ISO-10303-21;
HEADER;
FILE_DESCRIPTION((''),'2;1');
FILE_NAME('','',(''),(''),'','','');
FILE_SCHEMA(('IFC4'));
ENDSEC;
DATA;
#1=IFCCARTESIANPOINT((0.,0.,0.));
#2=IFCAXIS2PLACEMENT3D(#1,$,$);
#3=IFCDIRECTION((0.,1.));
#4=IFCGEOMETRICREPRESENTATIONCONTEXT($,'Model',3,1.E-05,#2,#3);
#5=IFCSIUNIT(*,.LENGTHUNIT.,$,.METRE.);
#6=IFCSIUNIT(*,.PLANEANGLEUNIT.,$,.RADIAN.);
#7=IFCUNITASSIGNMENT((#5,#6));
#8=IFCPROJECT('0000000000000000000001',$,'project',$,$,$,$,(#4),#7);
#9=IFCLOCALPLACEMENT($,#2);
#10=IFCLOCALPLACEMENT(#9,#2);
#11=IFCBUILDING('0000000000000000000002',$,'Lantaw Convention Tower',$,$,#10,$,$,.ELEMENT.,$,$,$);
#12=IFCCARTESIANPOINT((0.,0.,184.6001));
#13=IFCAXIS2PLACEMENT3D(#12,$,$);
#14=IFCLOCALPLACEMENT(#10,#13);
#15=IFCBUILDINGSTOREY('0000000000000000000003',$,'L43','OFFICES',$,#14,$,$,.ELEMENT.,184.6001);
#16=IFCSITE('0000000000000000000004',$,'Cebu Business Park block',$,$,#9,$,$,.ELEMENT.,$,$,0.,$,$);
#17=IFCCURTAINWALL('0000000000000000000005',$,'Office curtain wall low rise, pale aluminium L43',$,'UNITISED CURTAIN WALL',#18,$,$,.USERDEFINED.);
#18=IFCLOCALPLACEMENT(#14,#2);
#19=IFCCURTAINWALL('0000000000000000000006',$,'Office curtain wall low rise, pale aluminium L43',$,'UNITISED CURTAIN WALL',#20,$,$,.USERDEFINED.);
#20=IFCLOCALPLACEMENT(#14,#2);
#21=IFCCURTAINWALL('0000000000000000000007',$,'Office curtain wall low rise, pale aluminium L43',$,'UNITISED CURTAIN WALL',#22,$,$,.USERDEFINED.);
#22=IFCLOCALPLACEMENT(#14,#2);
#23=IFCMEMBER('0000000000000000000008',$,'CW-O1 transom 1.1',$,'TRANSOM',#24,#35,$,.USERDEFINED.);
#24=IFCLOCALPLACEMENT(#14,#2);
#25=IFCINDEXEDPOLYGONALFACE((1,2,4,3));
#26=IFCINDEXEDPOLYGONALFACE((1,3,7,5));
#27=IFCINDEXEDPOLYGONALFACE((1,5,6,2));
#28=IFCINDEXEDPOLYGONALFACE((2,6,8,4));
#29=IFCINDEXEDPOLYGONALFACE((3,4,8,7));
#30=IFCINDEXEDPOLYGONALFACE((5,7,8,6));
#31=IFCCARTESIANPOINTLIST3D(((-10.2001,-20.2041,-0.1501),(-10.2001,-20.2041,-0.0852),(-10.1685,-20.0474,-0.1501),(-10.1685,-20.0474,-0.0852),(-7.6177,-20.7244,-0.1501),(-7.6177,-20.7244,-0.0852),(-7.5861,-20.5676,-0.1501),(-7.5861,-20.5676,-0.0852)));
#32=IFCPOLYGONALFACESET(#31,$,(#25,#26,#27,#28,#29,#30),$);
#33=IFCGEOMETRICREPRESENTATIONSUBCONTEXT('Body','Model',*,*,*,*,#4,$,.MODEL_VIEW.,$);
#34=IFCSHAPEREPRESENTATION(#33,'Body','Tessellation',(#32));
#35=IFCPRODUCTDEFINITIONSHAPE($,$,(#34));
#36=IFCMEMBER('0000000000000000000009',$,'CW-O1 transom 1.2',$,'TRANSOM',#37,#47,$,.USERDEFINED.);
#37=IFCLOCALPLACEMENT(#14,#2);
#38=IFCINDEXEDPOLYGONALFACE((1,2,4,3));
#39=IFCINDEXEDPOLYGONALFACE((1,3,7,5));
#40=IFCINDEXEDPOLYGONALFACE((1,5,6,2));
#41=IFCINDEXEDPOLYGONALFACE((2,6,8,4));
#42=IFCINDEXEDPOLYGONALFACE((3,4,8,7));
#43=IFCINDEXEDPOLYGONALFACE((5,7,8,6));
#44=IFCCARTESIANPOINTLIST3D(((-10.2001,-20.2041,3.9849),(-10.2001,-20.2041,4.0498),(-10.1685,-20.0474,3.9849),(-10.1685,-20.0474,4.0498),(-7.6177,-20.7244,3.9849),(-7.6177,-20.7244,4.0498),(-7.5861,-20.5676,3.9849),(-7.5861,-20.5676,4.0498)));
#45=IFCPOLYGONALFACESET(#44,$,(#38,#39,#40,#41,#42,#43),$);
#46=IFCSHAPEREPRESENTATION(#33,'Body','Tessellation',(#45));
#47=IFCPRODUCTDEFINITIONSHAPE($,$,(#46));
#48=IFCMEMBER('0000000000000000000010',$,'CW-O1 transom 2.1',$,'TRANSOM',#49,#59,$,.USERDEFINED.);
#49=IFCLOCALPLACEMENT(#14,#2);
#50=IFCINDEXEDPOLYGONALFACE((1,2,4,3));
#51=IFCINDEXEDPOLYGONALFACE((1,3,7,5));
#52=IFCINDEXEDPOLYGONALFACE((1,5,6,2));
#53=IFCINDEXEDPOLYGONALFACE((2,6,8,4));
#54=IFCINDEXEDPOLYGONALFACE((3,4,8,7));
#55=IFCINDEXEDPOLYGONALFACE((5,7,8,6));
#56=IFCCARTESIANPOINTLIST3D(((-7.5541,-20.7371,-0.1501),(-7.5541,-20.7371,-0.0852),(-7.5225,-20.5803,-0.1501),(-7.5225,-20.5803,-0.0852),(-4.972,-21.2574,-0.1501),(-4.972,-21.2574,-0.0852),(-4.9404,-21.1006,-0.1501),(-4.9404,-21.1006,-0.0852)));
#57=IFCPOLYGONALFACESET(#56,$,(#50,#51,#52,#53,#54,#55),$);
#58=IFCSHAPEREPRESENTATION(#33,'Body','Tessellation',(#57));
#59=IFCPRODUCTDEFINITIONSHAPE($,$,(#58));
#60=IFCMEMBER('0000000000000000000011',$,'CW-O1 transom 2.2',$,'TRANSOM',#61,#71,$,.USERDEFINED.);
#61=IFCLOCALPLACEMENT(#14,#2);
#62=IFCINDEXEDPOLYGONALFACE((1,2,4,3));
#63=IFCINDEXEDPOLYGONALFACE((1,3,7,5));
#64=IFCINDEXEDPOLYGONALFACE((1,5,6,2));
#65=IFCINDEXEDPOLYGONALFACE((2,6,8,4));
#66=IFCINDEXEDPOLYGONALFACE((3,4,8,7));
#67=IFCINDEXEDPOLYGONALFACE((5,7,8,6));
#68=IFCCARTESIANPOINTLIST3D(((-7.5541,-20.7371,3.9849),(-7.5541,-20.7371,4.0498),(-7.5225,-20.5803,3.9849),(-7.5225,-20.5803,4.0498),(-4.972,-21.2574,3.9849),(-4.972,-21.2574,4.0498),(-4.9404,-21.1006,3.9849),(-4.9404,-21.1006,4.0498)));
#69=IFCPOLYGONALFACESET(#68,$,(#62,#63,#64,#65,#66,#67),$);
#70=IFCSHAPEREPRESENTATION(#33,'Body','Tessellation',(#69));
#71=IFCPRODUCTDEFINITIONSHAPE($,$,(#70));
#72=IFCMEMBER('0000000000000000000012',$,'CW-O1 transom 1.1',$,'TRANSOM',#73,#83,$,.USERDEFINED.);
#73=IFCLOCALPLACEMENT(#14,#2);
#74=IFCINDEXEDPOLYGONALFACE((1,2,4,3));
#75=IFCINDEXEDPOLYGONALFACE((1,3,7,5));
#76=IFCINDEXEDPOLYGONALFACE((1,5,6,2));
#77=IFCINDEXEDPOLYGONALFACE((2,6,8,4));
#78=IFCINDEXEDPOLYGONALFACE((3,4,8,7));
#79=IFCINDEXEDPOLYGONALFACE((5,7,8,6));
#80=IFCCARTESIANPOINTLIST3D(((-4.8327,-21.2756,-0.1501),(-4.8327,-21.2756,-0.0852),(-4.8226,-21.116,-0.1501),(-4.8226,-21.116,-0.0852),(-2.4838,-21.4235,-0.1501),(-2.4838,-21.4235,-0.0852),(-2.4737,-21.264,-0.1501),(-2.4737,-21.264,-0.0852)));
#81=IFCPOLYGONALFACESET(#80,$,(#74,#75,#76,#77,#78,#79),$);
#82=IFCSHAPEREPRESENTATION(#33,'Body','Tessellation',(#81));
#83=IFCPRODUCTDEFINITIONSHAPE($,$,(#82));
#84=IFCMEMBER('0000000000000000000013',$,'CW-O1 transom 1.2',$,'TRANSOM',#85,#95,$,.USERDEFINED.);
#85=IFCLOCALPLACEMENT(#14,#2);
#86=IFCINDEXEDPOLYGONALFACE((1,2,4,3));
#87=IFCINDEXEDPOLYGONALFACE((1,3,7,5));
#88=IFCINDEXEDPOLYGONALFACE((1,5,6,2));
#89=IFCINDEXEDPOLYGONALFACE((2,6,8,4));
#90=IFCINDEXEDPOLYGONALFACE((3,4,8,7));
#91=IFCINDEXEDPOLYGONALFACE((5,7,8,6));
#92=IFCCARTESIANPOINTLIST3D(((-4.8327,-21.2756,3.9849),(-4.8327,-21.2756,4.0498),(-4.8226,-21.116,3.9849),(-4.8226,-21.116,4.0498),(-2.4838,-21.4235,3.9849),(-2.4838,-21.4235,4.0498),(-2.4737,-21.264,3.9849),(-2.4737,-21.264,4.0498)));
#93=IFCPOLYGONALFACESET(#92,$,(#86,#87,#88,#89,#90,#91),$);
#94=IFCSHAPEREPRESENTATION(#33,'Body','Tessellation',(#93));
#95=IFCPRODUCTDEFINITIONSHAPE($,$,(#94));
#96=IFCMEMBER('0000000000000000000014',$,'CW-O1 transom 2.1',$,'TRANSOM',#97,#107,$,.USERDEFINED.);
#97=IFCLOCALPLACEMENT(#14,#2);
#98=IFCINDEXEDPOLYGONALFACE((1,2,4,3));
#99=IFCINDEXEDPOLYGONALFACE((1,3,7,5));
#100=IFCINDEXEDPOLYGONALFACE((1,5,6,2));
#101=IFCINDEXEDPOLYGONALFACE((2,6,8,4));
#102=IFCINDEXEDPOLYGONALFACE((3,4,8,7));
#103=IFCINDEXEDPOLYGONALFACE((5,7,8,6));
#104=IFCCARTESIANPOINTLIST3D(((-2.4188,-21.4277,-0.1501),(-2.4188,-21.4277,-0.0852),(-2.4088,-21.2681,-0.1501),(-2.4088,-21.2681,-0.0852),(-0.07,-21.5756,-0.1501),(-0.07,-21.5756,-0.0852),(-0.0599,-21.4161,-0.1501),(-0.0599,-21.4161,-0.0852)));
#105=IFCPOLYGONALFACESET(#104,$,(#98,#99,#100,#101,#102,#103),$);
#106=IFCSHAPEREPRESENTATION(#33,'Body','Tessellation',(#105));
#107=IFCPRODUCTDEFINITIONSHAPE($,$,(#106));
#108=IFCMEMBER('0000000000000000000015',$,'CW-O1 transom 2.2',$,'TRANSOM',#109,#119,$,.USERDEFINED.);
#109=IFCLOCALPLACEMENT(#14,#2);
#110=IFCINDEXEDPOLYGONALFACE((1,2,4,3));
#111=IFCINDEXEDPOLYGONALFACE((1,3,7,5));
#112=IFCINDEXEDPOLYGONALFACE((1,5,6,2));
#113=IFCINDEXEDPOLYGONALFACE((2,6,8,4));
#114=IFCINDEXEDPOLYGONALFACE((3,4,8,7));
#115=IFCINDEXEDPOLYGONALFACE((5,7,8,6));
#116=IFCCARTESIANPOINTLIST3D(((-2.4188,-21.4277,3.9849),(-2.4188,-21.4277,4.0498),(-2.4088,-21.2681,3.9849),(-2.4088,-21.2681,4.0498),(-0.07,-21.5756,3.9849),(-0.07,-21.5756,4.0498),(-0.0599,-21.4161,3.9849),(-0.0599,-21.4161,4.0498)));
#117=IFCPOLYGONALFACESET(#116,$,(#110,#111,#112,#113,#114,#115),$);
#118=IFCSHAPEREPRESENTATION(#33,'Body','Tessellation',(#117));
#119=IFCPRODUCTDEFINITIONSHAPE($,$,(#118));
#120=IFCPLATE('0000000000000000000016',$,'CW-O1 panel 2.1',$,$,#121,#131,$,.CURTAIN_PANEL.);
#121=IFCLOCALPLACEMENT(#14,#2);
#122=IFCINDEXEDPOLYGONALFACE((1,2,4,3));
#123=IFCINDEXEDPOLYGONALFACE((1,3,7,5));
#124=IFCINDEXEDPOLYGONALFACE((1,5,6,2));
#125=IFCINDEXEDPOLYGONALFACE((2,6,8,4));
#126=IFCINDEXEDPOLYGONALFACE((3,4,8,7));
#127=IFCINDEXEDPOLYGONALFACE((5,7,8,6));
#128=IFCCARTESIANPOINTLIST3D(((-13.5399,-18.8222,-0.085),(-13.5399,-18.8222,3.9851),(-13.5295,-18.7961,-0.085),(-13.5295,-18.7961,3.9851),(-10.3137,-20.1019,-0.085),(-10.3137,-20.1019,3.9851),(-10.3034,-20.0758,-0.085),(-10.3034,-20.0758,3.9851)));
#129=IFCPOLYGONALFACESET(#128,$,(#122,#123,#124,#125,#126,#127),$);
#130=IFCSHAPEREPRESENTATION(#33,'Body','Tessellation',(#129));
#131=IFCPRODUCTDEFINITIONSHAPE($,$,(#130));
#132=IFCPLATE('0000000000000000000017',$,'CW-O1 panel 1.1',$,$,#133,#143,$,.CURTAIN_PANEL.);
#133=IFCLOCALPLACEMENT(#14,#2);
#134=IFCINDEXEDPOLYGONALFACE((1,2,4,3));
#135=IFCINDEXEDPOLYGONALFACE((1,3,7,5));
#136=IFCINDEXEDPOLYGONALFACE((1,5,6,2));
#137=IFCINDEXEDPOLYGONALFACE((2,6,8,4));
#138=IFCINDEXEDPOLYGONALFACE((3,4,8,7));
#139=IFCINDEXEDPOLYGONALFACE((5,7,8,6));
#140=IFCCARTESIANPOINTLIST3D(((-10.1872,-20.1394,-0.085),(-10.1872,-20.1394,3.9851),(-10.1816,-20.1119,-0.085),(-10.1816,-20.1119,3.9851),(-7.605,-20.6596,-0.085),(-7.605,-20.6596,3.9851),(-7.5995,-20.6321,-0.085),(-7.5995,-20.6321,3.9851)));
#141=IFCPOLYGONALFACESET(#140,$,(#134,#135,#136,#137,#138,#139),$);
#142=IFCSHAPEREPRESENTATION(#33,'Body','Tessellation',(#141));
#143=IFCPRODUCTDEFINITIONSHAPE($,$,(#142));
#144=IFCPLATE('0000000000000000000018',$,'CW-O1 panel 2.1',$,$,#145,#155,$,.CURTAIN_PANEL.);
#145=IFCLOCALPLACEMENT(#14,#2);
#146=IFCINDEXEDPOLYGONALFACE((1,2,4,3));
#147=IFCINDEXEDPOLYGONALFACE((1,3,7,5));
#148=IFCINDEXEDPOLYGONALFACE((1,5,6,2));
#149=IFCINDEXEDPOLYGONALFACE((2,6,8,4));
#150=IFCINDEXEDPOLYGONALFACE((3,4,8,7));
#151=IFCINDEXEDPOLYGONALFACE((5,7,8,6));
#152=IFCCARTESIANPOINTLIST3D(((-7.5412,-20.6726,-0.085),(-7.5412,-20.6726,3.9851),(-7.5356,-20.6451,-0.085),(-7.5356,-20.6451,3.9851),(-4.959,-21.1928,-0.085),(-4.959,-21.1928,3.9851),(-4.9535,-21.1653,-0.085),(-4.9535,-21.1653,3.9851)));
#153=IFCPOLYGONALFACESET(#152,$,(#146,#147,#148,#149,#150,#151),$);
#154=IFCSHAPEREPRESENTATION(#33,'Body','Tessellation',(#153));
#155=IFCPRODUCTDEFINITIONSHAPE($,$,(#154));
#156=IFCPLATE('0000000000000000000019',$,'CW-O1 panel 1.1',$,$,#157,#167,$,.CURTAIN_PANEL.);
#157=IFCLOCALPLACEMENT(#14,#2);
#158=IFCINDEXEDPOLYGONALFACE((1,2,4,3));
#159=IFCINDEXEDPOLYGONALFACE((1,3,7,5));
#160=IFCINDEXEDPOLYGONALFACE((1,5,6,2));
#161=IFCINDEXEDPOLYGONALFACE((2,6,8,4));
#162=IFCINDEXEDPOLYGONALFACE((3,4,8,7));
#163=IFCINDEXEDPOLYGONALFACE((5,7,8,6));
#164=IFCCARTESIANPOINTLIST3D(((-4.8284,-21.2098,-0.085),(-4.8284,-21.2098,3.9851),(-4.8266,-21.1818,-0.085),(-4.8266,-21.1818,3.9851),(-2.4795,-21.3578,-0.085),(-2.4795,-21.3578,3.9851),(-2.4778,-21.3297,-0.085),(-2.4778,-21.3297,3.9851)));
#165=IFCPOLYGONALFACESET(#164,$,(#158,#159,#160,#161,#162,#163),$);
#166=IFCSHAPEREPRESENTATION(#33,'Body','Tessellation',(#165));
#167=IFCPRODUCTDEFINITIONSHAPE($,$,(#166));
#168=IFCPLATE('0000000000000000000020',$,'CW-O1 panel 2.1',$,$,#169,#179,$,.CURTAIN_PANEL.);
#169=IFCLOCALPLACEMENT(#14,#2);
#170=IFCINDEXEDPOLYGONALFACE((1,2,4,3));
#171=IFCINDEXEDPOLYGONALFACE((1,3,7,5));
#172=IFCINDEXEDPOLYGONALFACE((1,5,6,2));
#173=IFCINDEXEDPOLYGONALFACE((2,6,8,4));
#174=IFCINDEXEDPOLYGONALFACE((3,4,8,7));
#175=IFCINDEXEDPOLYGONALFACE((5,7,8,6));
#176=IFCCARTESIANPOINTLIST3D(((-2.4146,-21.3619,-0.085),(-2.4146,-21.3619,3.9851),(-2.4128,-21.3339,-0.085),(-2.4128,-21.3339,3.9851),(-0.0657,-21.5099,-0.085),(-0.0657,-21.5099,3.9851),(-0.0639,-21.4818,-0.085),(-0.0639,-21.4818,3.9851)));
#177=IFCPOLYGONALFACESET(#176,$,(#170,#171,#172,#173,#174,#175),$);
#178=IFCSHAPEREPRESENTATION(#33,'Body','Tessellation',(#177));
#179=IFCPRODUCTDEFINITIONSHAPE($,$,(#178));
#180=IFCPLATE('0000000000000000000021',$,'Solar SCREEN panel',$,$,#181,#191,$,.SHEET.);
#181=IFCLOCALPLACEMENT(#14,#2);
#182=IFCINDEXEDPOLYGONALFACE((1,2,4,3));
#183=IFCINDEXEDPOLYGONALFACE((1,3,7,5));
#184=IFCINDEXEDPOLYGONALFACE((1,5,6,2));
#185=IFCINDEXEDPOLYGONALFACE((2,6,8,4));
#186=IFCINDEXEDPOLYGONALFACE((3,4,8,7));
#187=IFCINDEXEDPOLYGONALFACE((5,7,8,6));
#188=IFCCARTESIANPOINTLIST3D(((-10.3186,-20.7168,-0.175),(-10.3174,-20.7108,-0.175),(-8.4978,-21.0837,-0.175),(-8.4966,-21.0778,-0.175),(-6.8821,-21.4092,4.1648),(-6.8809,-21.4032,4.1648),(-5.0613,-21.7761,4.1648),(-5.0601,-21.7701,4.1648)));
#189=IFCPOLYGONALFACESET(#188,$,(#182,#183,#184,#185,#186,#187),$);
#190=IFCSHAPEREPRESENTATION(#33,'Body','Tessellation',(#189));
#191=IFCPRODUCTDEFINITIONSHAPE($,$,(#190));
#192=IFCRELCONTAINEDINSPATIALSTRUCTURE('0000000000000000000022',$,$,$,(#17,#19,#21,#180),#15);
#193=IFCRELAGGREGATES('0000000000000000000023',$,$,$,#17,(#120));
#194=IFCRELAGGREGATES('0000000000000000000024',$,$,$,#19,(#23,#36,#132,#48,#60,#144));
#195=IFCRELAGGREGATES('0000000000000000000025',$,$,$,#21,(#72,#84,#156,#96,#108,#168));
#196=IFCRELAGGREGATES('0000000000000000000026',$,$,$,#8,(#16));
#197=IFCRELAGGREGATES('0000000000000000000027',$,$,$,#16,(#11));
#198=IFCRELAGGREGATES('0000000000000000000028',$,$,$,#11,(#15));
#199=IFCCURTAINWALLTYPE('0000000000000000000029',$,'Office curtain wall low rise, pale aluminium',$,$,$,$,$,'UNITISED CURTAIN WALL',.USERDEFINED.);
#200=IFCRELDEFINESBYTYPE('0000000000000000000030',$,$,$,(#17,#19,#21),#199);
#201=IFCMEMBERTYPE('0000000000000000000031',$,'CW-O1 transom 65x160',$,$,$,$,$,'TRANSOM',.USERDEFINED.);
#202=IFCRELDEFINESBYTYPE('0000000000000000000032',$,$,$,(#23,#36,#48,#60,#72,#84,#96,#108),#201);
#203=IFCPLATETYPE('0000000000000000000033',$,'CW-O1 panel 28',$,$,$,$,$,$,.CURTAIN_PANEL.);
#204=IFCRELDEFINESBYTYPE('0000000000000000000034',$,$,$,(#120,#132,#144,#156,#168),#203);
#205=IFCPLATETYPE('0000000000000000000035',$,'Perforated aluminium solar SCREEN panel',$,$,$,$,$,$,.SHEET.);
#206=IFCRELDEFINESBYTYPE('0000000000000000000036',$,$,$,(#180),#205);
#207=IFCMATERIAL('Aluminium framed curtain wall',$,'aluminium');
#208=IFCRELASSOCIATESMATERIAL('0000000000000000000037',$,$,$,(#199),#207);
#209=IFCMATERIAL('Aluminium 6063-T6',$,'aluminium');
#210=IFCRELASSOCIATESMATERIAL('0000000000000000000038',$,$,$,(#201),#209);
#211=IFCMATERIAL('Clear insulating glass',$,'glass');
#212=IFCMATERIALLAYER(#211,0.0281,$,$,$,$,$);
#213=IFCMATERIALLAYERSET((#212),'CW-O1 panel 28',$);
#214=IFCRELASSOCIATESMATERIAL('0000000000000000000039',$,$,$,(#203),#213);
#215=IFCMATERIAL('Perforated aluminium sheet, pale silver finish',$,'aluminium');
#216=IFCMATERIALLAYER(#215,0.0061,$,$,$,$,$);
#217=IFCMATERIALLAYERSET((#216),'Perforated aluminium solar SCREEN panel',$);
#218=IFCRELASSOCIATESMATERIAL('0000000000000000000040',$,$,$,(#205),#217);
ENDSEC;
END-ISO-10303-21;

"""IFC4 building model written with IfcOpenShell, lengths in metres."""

from ifc_helpers import new_model, si_unit, direction, frame, origin, origin_2d, place, context, subcontext, project, spatial, polyline, rectangle, outline, extrude, material, layer, layer_set, material_profile, profile_set, type_object, element, aggregate, save


model = new_model("IFC4")

# Units and contexts
model_context = context("Model", 3, precision=1e-05, world=origin(), true_north=direction((0.0, 1.0)))
body_context = subcontext(model_context, "Body", "Model", "MODEL_VIEW")
ifc_project = project(units=[si_unit("LENGTHUNIT", "METRE"), si_unit("PLANEANGLEUNIT", "RADIAN")], contexts=[model_context])

# Site, building, storey
site_placement = place(None, origin())
site = spatial("IfcSite", under=ifc_project, at=site_placement, Name="Cebu Business Park block", CompositionType="ELEMENT", RefElevation=0.0)
building_placement = place(site_placement, origin())
building = spatial("IfcBuilding", under=site, at=building_placement, Name="Lantaw Convention Tower", CompositionType="ELEMENT")
storey_placement = place(building_placement, frame((0.0, 0.0, 184.6001)))
storey = spatial("IfcBuildingStorey", under=building, at=storey_placement, Name="L43", Description="OFFICES", CompositionType="ELEMENT", Elevation=184.6001)

# Curtain wall
ifc_material_1 = material(Name="Aluminium framed curtain wall", Category="aluminium")
curtain_wall_type = type_object("IfcCurtainWallType", Name="Office curtain wall low rise, pale aluminium", ElementType="UNITISED CURTAIN WALL", PredefinedType="USERDEFINED", material=ifc_material_1)
curtain_wall_1_placement = place(storey_placement, origin())
curtain_wall_1 = element("IfcCurtainWall", 1, at=curtain_wall_1_placement, inside=storey, type_object=curtain_wall_type, Name="Office curtain wall low rise, pale aluminium L43", ObjectType="UNITISED CURTAIN WALL", PredefinedType="USERDEFINED")
ifc_material_2 = material(Name="Aluminium 6063-T6", Category="aluminium")

# Curtain walls
curtain_wall_2_placement = place(storey_placement, origin())
curtain_wall_2 = element("IfcCurtainWall", 2, at=curtain_wall_2_placement, inside=storey, type_object=curtain_wall_type, Name="Office curtain wall low rise, pale aluminium L43", ObjectType="UNITISED CURTAIN WALL", PredefinedType="USERDEFINED")
curtain_wall_3_placement = place(storey_placement, origin())
curtain_wall_3 = element("IfcCurtainWall", 3, at=curtain_wall_3_placement, inside=storey, type_object=curtain_wall_type, Name="Office curtain wall low rise, pale aluminium L43", ObjectType="UNITISED CURTAIN WALL", PredefinedType="USERDEFINED")

# Members
ifc_material_profile_1 = material_profile(ifc_material_2, rectangle(XDim=0.1599, YDim=0.0649, at=origin_2d()), Name="CW-O1 transom 65x160")
ifc_profile_set_1 = profile_set([ifc_material_profile_1], Name="Aluminium 6063-T6")
member_type_1 = type_object("IfcMemberType", Name="CW-O1 transom 65x160", ElementType="TRANSOM", PredefinedType="USERDEFINED", material=ifc_profile_set_1)
member_1_placement = place(storey_placement, frame((-10.1843, -20.1257, -0.1177), z_axis=(0.980302, -0.197506, 0.0), x_axis=(0.197506, 0.980302, 0.0)))
member_1 = element("IfcMember", 4, at=member_1_placement, type_object=member_type_1, Name="CW-O1 transom 1.1", ObjectType="TRANSOM", PredefinedType="USERDEFINED", context=body_context, shape_type="SweptSolid", body=[
    extrude(rectangle(XDim=0.1599, YDim=0.0649, at=origin_2d()), origin(), (0.0, 0.0, 1.0), 2.6343),
])
member_2_placement = place(storey_placement, frame((-10.1843, -20.1257, 4.0173), z_axis=(0.980302, -0.197506, 0.0), x_axis=(0.197506, 0.980302, 0.0)))
member_2 = element("IfcMember", 5, at=member_2_placement, type_object=member_type_1, Name="CW-O1 transom 1.2", ObjectType="TRANSOM", PredefinedType="USERDEFINED", context=body_context, shape_type="SweptSolid", body=[
    extrude(rectangle(XDim=0.1599, YDim=0.0649, at=origin_2d()), origin(), (0.0, 0.0, 1.0), 2.6343),
])
member_3_placement = place(storey_placement, frame((-7.5383, -20.6587, -0.1177), z_axis=(0.980298, -0.197524, 0.0), x_axis=(0.197524, 0.980298, 0.0)))
member_3 = element("IfcMember", 6, at=member_3_placement, type_object=member_type_1, Name="CW-O1 transom 2.1", ObjectType="TRANSOM", PredefinedType="USERDEFINED", context=body_context, shape_type="SweptSolid", body=[
    extrude(rectangle(XDim=0.1599, YDim=0.0649, at=origin_2d()), origin(), (0.0, 0.0, 1.0), 2.634),
])
member_4_placement = place(storey_placement, frame((-7.5383, -20.6587, 4.0173), z_axis=(0.980298, -0.197524, 0.0), x_axis=(0.197524, 0.980298, 0.0)))
member_4 = element("IfcMember", 7, at=member_4_placement, type_object=member_type_1, Name="CW-O1 transom 2.2", ObjectType="TRANSOM", PredefinedType="USERDEFINED", context=body_context, shape_type="SweptSolid", body=[
    extrude(rectangle(XDim=0.1599, YDim=0.0649, at=origin_2d()), origin(), (0.0, 0.0, 1.0), 2.634),
])
member_5_placement = place(storey_placement, frame((-4.8276, -21.1958, -0.1177), z_axis=(0.998022, -0.062863, 0.0), x_axis=(0.062863, 0.998022, 0.0)))
member_5 = element("IfcMember", 8, at=member_5_placement, type_object=member_type_1, Name="CW-O1 transom 1.1", ObjectType="TRANSOM", PredefinedType="USERDEFINED", context=body_context, shape_type="SweptSolid", body=[
    extrude(rectangle(XDim=0.1599, YDim=0.0649, at=origin_2d()), origin(), (0.0, 0.0, 1.0), 2.3535),
])
member_6_placement = place(storey_placement, frame((-4.8276, -21.1958, 4.0173), z_axis=(0.998022, -0.062863, 0.0), x_axis=(0.062863, 0.998022, 0.0)))
member_6 = element("IfcMember", 9, at=member_6_placement, type_object=member_type_1, Name="CW-O1 transom 1.2", ObjectType="TRANSOM", PredefinedType="USERDEFINED", context=body_context, shape_type="SweptSolid", body=[
    extrude(rectangle(XDim=0.1599, YDim=0.0649, at=origin_2d()), origin(), (0.0, 0.0, 1.0), 2.3535),
])
member_7_placement = place(storey_placement, frame((-2.4138, -21.3479, -0.1177), z_axis=(0.998022, -0.062863, 0.0), x_axis=(0.062863, 0.998022, 0.0)))
member_7 = element("IfcMember", 10, at=member_7_placement, type_object=member_type_1, Name="CW-O1 transom 2.1", ObjectType="TRANSOM", PredefinedType="USERDEFINED", context=body_context, shape_type="SweptSolid", body=[
    extrude(rectangle(XDim=0.1599, YDim=0.0649, at=origin_2d()), origin(), (0.0, 0.0, 1.0), 2.3535),
])
member_8_placement = place(storey_placement, frame((-2.4138, -21.3479, 4.0173), z_axis=(0.998022, -0.062863, 0.0), x_axis=(0.062863, 0.998022, 0.0)))
member_8 = element("IfcMember", 11, at=member_8_placement, type_object=member_type_1, Name="CW-O1 transom 2.2", ObjectType="TRANSOM", PredefinedType="USERDEFINED", context=body_context, shape_type="SweptSolid", body=[
    extrude(rectangle(XDim=0.1599, YDim=0.0649, at=origin_2d()), origin(), (0.0, 0.0, 1.0), 2.3535),
])

# Plates
ifc_material_3 = material(Name="Clear insulating glass", Category="glass")
ifc_layer_1 = layer(ifc_material_3, 0.0281)
ifc_layer_set_1 = layer_set([ifc_layer_1], Name="CW-O1 panel 28")
plate_type_1 = type_object("IfcPlateType", Name="CW-O1 panel 28", PredefinedType="CURTAIN_PANEL", material=ifc_layer_set_1)
plate_1_placement = place(storey_placement, frame((-11.9216, -19.449, -0.085), z_axis=(0.0, 0.0, 1.0), x_axis=(0.929548, -0.368702, 0.0)))
plate_1 = element("IfcPlate", 12, at=plate_1_placement, type_object=plate_type_1, Name="CW-O1 panel 2.1", PredefinedType="CURTAIN_PANEL", context=body_context, shape_type="SweptSolid", body=[
    extrude(rectangle(XDim=3.4707, YDim=0.0281, at=origin_2d()), origin(), (0.0, 0.0, 1.0), 4.0701),
])
aggregate(curtain_wall_1, [plate_1])
plate_2_placement = place(storey_placement, frame((-8.8933, -20.3857, -0.085), z_axis=(0.0, 0.0, 1.0), x_axis=(0.980302, -0.197507, 0.0)))
plate_2 = element("IfcPlate", 13, at=plate_2_placement, type_object=plate_type_1, Name="CW-O1 panel 1.1", PredefinedType="CURTAIN_PANEL", context=body_context, shape_type="SweptSolid", body=[
    extrude(rectangle(XDim=2.634, YDim=0.0281, at=origin_2d()), origin(), (0.0, 0.0, 1.0), 4.0701),
])
plate_3_placement = place(storey_placement, frame((-6.2473, -20.9189, -0.085), z_axis=(0.0, 0.0, 1.0), x_axis=(0.980302, -0.197507, 0.0)))
plate_3 = element("IfcPlate", 14, at=plate_3_placement, type_object=plate_type_1, Name="CW-O1 panel 2.1", PredefinedType="CURTAIN_PANEL", context=body_context, shape_type="SweptSolid", body=[
    extrude(rectangle(XDim=2.634, YDim=0.0281, at=origin_2d()), origin(), (0.0, 0.0, 1.0), 4.0701),
])
aggregate(curtain_wall_2, [member_1, member_2, plate_2, member_3, member_4, plate_3])
plate_4_placement = place(storey_placement, frame((-3.6531, -21.2698, -0.085), z_axis=(0.0, 0.0, 1.0), x_axis=(0.998022, -0.062865, 0.0)))
plate_4 = element("IfcPlate", 15, at=plate_4_placement, type_object=plate_type_1, Name="CW-O1 panel 1.1", PredefinedType="CURTAIN_PANEL", context=body_context, shape_type="SweptSolid", body=[
    extrude(rectangle(XDim=2.3535, YDim=0.0281, at=origin_2d()), origin(), (0.0, 0.0, 1.0), 4.0701),
])
plate_5_placement = place(storey_placement, frame((-1.2393, -21.4219, -0.085), z_axis=(0.0, 0.0, 1.0), x_axis=(0.998022, -0.062865, 0.0)))
plate_5 = element("IfcPlate", 16, at=plate_5_placement, type_object=plate_type_1, Name="CW-O1 panel 2.1", PredefinedType="CURTAIN_PANEL", context=body_context, shape_type="SweptSolid", body=[
    extrude(rectangle(XDim=2.3535, YDim=0.0281, at=origin_2d()), origin(), (0.0, 0.0, 1.0), 4.0701),
])
aggregate(curtain_wall_3, [member_5, member_6, plate_4, member_7, member_8, plate_5])

# Plate
ifc_material_4 = material(Name="Perforated aluminium sheet, pale silver finish", Category="aluminium")
ifc_layer_2 = layer(ifc_material_4, 0.0061)
ifc_layer_set_2 = layer_set([ifc_layer_2], Name="Perforated aluminium solar SCREEN panel")
plate_type_2 = type_object("IfcPlateType", Name="Perforated aluminium solar SCREEN panel", PredefinedType="SHEET", material=ifc_layer_set_2)
plate_6_placement = place(storey_placement, frame((-10.3186, -20.7168, -0.175), z_axis=(-0.197557, -0.980291, 0.000039), x_axis=(0.980291, -0.197557, 0.0)))
element("IfcPlate", 17, at=plate_6_placement, inside=storey, type_object=plate_type_2, Name="Solar SCREEN panel", PredefinedType="SHEET", context=body_context, shape_type="SweptSolid", body=[
    extrude(outline(polyline([(0.0, 0.0), (1.8574, 0.0), (5.363, 4.3398), (3.5056, 4.3398), (0.0, 0.0)])), origin(), (0.0, 0.0, -1.0), 0.0061),
])

save(model, "model.ifc")
